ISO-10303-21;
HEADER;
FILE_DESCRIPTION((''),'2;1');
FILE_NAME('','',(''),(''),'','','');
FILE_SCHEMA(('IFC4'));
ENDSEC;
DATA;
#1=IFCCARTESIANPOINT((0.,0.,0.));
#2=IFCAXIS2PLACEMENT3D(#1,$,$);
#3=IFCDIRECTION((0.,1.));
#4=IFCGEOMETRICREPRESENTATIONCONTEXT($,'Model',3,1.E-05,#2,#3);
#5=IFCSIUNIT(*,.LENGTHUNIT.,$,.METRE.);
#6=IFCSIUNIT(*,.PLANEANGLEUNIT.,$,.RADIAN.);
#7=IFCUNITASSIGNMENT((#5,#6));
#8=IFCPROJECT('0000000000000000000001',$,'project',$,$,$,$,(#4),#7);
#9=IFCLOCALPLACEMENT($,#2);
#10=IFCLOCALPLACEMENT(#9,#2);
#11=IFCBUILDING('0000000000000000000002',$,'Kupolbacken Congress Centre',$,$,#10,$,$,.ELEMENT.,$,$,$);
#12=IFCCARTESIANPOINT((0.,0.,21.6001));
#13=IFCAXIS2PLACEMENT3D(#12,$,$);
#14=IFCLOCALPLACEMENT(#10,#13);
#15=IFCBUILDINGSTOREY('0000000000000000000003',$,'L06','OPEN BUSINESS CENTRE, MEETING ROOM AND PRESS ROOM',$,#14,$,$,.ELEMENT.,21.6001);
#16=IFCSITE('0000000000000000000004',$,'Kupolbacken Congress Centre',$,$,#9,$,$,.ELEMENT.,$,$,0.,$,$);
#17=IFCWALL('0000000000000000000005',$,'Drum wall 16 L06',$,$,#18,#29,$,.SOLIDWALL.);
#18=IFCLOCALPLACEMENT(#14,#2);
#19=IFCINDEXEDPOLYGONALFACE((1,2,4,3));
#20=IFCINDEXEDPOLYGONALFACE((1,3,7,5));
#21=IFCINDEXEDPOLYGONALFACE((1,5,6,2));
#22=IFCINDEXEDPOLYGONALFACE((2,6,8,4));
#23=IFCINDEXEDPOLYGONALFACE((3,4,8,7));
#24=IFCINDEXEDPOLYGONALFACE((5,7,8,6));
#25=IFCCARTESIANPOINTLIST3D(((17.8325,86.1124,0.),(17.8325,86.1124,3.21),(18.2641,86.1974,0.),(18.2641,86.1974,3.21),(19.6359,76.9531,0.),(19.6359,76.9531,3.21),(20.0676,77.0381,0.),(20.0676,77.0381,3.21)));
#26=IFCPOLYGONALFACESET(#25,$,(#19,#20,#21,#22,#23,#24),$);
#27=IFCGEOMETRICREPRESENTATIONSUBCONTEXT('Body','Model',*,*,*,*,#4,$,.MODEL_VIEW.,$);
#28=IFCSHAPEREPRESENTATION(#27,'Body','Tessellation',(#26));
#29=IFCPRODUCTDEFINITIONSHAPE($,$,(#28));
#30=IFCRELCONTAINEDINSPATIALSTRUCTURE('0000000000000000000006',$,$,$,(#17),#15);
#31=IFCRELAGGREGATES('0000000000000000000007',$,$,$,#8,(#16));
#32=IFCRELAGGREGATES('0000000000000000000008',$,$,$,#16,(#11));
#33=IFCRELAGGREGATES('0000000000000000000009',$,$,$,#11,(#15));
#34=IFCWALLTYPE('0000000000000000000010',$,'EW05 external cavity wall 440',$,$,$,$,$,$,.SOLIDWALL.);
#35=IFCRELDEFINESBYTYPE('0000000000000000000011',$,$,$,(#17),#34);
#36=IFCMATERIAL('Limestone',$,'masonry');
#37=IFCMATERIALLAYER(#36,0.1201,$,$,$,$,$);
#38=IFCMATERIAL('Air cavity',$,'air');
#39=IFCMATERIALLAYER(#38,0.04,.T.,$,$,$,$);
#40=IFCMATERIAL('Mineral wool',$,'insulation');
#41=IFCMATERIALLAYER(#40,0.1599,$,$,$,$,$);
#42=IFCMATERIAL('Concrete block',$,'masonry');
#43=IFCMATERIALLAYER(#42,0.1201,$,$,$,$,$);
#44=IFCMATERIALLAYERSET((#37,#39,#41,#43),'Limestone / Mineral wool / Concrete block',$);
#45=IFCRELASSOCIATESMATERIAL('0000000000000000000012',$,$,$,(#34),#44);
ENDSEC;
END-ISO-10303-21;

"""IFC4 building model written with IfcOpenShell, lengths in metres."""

from ifc_helpers import new_model, si_unit, direction, frame, frame_2d, origin, place, context, subcontext, project, spatial, rectangle, extrude, material, layer, layer_set, type_object, element, save


model = new_model("IFC4")

# Units and contexts
model_context = context("Model", 3, precision=1e-05, world=origin(), true_north=direction((0.0, 1.0)))
body_context = subcontext(model_context, "Body", "Model", "MODEL_VIEW")
ifc_project = project(units=[si_unit("LENGTHUNIT", "METRE"), si_unit("PLANEANGLEUNIT", "RADIAN")], contexts=[model_context])

# Site, building, storey
site_placement = place(None, origin())
site = spatial("IfcSite", under=ifc_project, at=site_placement, Name="Kupolbacken Congress Centre", CompositionType="ELEMENT", RefElevation=0.0)
building_placement = place(site_placement, origin())
building = spatial("IfcBuilding", under=site, at=building_placement, Name="Kupolbacken Congress Centre", CompositionType="ELEMENT")
storey_placement = place(building_placement, frame((0.0, 0.0, 21.6001)))
storey = spatial("IfcBuildingStorey", under=building, at=storey_placement, Name="L06", Description="OPEN BUSINESS CENTRE, MEETING ROOM AND PRESS ROOM", CompositionType="ELEMENT", Elevation=21.6001)

# Wall
ifc_material_1 = material(Name="Limestone", Category="masonry")
ifc_layer_1 = layer(ifc_material_1, 0.1201)
ifc_material_2 = material(Name="Air cavity", Category="air")
ifc_layer_2 = layer(ifc_material_2, 0.04, ventilated=True)
ifc_material_3 = material(Name="Mineral wool", Category="insulation")
ifc_layer_3 = layer(ifc_material_3, 0.1599)
ifc_material_4 = material(Name="Concrete block", Category="masonry")
ifc_layer_4 = layer(ifc_material_4, 0.1201)
ifc_layer_set = layer_set([ifc_layer_1, ifc_layer_2, ifc_layer_3, ifc_layer_4], Name="Limestone / Mineral wool / Concrete block")
wall_type = type_object("IfcWallType", Name="EW05 external cavity wall 440", PredefinedType="SOLIDWALL", material=ifc_layer_set)
for number, where, z_axis, x_axis, name in (
    (1, (18.0483, 86.1548, 0.0), (0.0, 0.0, 1.0), (0.193188, -0.981162, 0.0), "Drum wall 16 L06"),
):
    element("IfcWall", number, at=place(storey_placement, frame(where, z_axis=z_axis, x_axis=x_axis)), inside=storey, type_object=wall_type, Name=name, PredefinedType="SOLIDWALL", context=body_context, shape_type="SweptSolid", body=[
        extrude(rectangle(XDim=9.3352, YDim=0.4399, at=frame_2d((4.6675, 0.0))), origin(), (0.0, 0.0, 1.0), 3.21),
    ])

save(model, "model.ifc")
